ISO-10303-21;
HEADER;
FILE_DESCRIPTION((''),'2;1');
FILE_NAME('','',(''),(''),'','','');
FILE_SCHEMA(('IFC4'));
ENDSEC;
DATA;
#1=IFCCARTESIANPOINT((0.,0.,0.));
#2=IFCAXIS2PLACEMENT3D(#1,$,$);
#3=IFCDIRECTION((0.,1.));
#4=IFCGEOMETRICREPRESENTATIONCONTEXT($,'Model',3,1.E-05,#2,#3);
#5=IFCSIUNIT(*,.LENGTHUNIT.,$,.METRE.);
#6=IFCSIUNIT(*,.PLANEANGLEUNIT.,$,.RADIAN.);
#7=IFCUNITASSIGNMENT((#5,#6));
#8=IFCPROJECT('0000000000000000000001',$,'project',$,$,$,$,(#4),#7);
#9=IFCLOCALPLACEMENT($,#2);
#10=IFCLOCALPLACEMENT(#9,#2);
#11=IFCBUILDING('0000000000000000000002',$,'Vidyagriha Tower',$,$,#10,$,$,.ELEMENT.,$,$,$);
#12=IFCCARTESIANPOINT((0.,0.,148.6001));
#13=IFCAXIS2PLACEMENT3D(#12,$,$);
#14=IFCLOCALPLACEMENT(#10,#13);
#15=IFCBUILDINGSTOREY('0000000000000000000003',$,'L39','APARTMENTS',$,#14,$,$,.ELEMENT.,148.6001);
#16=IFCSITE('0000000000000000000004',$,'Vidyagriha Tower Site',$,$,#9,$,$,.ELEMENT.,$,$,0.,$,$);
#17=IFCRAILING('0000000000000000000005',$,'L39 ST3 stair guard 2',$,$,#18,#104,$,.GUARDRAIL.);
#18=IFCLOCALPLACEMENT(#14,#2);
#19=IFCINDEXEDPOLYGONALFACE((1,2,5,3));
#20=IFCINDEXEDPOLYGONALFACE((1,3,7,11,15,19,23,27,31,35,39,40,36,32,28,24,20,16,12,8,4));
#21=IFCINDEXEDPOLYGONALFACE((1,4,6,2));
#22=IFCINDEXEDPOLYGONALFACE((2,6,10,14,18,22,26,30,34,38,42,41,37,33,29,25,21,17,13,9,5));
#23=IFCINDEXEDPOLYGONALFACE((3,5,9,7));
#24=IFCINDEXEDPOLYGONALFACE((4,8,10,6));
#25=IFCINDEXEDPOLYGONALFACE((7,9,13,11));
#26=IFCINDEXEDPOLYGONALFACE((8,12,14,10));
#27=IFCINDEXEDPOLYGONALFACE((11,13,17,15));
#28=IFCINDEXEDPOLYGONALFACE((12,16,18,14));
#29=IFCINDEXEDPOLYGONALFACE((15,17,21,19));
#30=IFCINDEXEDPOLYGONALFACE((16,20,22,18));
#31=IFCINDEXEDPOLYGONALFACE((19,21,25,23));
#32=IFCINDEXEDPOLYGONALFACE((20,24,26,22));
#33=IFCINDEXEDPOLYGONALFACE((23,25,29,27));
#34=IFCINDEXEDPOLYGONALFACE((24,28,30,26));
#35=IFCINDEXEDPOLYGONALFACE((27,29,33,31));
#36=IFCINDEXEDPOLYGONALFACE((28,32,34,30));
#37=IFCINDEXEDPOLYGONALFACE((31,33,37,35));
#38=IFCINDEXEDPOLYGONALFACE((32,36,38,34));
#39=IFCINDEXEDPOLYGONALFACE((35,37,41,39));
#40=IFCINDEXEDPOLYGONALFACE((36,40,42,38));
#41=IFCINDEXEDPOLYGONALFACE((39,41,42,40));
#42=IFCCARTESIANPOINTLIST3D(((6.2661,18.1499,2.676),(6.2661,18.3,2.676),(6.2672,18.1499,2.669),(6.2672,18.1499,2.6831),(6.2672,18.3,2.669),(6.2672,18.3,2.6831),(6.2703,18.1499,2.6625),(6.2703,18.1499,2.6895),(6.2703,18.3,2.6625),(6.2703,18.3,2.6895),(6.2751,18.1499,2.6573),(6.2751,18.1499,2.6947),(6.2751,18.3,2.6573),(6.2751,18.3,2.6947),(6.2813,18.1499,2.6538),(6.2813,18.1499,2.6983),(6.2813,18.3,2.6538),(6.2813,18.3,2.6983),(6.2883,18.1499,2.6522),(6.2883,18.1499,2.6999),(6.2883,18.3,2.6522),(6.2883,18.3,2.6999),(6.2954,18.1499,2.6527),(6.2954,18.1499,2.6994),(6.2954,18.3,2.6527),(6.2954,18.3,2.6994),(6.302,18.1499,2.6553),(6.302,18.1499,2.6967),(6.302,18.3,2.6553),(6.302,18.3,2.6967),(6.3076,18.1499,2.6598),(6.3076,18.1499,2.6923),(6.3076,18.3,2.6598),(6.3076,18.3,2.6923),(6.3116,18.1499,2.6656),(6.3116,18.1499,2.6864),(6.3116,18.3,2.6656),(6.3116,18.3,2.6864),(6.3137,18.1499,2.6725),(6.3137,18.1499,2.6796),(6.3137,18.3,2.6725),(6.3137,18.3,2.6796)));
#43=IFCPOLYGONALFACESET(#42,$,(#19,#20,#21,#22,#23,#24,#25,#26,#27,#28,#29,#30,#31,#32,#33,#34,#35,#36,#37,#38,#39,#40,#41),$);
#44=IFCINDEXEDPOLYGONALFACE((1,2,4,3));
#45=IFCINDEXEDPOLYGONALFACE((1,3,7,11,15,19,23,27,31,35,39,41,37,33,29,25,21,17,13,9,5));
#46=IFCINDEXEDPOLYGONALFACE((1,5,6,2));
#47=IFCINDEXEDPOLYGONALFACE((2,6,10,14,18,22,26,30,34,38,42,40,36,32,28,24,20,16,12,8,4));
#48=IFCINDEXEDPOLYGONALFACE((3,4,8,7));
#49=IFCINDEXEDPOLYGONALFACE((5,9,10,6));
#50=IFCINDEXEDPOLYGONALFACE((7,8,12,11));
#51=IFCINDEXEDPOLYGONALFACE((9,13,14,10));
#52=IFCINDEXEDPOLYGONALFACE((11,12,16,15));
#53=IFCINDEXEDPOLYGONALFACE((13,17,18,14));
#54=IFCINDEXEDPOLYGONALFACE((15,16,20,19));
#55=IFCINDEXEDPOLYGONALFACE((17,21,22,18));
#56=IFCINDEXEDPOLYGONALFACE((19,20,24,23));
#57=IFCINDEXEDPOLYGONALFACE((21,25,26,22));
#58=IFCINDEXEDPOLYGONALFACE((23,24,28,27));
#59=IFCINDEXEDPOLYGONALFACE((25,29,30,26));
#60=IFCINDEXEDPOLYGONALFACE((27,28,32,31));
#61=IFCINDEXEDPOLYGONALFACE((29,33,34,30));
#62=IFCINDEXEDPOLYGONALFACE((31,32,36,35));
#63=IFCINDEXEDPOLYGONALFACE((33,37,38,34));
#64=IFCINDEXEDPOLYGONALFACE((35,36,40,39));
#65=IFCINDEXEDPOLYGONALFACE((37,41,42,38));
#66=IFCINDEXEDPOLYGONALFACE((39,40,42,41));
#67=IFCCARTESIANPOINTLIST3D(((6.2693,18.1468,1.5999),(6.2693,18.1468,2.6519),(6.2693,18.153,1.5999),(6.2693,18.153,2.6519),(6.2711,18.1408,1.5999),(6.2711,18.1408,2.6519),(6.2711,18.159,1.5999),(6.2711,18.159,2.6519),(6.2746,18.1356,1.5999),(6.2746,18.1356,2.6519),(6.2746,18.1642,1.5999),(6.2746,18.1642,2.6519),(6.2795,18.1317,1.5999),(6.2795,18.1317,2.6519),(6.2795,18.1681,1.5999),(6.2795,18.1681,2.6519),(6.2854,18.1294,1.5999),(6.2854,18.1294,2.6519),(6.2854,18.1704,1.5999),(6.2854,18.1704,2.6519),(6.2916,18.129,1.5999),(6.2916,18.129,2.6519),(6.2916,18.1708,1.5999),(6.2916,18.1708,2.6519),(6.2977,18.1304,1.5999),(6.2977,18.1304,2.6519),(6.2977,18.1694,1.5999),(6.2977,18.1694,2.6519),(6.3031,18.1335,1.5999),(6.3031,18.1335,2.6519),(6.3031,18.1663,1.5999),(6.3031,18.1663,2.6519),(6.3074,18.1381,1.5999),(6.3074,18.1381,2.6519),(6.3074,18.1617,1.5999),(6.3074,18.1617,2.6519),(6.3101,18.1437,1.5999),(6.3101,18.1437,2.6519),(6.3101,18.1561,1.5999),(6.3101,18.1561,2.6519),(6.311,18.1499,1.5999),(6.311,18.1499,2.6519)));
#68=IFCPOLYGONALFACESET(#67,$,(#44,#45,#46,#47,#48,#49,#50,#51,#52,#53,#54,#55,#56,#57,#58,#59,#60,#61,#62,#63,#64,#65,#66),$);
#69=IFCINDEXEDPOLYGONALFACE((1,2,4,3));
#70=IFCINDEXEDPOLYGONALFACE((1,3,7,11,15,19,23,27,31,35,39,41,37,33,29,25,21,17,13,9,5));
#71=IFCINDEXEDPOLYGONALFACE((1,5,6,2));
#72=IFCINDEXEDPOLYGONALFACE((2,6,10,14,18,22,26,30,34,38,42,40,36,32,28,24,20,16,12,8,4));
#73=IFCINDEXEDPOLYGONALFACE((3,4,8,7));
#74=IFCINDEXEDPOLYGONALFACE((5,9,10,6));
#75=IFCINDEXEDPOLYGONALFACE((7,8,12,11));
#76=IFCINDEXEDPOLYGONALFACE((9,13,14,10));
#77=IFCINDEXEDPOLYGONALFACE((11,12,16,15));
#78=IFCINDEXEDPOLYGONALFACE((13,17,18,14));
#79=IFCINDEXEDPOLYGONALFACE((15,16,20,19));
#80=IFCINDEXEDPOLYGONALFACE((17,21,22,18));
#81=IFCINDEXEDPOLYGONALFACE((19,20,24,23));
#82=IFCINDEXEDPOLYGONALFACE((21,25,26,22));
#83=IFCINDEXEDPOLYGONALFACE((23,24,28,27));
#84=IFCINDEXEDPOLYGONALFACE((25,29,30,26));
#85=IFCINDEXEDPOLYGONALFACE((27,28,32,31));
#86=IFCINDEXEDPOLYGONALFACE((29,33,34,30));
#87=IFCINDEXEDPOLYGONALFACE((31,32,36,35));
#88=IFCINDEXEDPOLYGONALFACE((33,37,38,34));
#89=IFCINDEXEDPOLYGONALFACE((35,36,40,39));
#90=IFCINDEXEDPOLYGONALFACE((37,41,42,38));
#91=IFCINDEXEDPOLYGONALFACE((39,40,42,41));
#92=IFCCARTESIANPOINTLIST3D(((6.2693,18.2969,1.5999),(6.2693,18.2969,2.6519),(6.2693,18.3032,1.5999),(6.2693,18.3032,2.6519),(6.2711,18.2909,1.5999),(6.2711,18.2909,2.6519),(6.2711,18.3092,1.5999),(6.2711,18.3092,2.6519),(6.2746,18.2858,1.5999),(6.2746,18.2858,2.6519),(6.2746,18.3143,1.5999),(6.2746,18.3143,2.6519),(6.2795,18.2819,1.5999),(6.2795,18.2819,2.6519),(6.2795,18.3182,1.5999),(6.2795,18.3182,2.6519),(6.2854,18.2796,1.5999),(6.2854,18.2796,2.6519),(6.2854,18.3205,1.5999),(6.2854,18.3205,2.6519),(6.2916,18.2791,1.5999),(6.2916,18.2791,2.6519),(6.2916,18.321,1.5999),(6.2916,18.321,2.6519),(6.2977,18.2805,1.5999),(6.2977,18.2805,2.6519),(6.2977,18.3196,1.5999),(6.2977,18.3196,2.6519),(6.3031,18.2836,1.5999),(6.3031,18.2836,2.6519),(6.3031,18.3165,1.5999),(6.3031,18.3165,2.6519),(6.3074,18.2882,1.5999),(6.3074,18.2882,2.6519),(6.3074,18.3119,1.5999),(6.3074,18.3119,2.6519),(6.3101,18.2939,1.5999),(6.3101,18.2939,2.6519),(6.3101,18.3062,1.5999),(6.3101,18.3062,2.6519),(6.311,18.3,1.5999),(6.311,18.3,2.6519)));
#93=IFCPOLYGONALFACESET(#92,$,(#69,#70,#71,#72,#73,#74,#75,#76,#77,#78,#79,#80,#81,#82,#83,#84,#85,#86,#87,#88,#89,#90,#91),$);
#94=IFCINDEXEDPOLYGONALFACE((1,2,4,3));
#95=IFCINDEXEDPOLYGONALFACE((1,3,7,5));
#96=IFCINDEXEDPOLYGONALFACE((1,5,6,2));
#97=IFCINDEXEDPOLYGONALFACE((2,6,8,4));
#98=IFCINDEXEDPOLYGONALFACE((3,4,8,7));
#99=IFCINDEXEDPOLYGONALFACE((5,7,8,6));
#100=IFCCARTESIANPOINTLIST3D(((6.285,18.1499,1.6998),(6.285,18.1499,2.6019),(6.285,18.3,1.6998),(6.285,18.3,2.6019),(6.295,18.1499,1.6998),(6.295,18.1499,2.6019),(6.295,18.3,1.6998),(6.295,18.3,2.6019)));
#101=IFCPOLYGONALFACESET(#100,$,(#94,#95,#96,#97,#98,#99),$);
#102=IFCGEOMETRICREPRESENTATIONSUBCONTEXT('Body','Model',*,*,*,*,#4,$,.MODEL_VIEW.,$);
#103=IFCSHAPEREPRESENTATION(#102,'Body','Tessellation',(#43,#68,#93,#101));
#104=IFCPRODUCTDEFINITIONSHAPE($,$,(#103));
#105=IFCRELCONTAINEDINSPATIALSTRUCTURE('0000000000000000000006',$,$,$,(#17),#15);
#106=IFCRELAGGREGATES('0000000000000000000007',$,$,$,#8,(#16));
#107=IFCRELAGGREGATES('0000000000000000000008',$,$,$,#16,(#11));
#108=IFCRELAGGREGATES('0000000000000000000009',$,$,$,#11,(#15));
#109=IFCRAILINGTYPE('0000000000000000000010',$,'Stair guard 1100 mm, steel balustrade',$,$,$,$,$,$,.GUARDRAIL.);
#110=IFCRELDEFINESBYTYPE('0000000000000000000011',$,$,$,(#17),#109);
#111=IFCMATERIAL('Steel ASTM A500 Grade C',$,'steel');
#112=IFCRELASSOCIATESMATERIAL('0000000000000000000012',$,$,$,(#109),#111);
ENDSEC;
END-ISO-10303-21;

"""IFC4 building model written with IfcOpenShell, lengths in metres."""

from ifc_helpers import new_model, si_unit, direction, frame, origin, origin_2d, place, context, subcontext, project, spatial, rectangle, circle, extrude, material, type_object, element, save


model = new_model("IFC4")

# Units and contexts
model_context = context("Model", 3, precision=1e-05, world=origin(), true_north=direction((0.0, 1.0)))
body_context = subcontext(model_context, "Body", "Model", "MODEL_VIEW")
ifc_project = project(units=[si_unit("LENGTHUNIT", "METRE"), si_unit("PLANEANGLEUNIT", "RADIAN")], contexts=[model_context])

# Site, building, storey
site_placement = place(None, origin())
site = spatial("IfcSite", under=ifc_project, at=site_placement, Name="Vidyagriha Tower Site", CompositionType="ELEMENT", RefElevation=0.0)
building_placement = place(site_placement, origin())
building = spatial("IfcBuilding", under=site, at=building_placement, Name="Vidyagriha Tower", CompositionType="ELEMENT")
storey_placement = place(building_placement, frame((0.0, 0.0, 148.6001)))
storey = spatial("IfcBuildingStorey", under=building, at=storey_placement, Name="L39", Description="APARTMENTS", CompositionType="ELEMENT", Elevation=148.6001)

# Railing
ifc_material_1 = material(Name="Steel ASTM A500 Grade C", Category="steel")
railing_type_1 = type_object("IfcRailingType", Name="Stair guard 1100 mm, steel balustrade", PredefinedType="GUARDRAIL", material=ifc_material_1)
railing_1_placement = place(storey_placement, frame((6.29, 18.1499, 1.5999)))
element("IfcRailing", 1, at=railing_1_placement, inside=storey, type_object=railing_type_1, Name="L39 ST3 stair guard 2", PredefinedType="GUARDRAIL", context=body_context, shape_type="SweptSolid", body=[
    extrude(circle(Radius=0.0239, at=origin_2d()), frame((0.0, 0.0, 1.0762), z_axis=(0.0, 1.0, 0.0), x_axis=(-1.0, 0.0, 0.0)), (0.0, 0.0, 1.0), 0.1501),
    extrude(circle(Radius=0.021, at=origin_2d()), origin(), (0.0, 0.0, 1.0), 1.052),
    extrude(circle(Radius=0.021, at=origin_2d()), frame((0.0, 0.1501, 0.0)), (0.0, 0.0, 1.0), 1.052),
    extrude(rectangle(XDim=0.01, YDim=0.9021, at=origin_2d()), frame((0.0, 0.0, 0.551), z_axis=(0.0, 1.0, 0.0), x_axis=(-1.0, 0.0, 0.0)), (0.0, 0.0, 1.0), 0.1501),
])

save(model, "model.ifc")
